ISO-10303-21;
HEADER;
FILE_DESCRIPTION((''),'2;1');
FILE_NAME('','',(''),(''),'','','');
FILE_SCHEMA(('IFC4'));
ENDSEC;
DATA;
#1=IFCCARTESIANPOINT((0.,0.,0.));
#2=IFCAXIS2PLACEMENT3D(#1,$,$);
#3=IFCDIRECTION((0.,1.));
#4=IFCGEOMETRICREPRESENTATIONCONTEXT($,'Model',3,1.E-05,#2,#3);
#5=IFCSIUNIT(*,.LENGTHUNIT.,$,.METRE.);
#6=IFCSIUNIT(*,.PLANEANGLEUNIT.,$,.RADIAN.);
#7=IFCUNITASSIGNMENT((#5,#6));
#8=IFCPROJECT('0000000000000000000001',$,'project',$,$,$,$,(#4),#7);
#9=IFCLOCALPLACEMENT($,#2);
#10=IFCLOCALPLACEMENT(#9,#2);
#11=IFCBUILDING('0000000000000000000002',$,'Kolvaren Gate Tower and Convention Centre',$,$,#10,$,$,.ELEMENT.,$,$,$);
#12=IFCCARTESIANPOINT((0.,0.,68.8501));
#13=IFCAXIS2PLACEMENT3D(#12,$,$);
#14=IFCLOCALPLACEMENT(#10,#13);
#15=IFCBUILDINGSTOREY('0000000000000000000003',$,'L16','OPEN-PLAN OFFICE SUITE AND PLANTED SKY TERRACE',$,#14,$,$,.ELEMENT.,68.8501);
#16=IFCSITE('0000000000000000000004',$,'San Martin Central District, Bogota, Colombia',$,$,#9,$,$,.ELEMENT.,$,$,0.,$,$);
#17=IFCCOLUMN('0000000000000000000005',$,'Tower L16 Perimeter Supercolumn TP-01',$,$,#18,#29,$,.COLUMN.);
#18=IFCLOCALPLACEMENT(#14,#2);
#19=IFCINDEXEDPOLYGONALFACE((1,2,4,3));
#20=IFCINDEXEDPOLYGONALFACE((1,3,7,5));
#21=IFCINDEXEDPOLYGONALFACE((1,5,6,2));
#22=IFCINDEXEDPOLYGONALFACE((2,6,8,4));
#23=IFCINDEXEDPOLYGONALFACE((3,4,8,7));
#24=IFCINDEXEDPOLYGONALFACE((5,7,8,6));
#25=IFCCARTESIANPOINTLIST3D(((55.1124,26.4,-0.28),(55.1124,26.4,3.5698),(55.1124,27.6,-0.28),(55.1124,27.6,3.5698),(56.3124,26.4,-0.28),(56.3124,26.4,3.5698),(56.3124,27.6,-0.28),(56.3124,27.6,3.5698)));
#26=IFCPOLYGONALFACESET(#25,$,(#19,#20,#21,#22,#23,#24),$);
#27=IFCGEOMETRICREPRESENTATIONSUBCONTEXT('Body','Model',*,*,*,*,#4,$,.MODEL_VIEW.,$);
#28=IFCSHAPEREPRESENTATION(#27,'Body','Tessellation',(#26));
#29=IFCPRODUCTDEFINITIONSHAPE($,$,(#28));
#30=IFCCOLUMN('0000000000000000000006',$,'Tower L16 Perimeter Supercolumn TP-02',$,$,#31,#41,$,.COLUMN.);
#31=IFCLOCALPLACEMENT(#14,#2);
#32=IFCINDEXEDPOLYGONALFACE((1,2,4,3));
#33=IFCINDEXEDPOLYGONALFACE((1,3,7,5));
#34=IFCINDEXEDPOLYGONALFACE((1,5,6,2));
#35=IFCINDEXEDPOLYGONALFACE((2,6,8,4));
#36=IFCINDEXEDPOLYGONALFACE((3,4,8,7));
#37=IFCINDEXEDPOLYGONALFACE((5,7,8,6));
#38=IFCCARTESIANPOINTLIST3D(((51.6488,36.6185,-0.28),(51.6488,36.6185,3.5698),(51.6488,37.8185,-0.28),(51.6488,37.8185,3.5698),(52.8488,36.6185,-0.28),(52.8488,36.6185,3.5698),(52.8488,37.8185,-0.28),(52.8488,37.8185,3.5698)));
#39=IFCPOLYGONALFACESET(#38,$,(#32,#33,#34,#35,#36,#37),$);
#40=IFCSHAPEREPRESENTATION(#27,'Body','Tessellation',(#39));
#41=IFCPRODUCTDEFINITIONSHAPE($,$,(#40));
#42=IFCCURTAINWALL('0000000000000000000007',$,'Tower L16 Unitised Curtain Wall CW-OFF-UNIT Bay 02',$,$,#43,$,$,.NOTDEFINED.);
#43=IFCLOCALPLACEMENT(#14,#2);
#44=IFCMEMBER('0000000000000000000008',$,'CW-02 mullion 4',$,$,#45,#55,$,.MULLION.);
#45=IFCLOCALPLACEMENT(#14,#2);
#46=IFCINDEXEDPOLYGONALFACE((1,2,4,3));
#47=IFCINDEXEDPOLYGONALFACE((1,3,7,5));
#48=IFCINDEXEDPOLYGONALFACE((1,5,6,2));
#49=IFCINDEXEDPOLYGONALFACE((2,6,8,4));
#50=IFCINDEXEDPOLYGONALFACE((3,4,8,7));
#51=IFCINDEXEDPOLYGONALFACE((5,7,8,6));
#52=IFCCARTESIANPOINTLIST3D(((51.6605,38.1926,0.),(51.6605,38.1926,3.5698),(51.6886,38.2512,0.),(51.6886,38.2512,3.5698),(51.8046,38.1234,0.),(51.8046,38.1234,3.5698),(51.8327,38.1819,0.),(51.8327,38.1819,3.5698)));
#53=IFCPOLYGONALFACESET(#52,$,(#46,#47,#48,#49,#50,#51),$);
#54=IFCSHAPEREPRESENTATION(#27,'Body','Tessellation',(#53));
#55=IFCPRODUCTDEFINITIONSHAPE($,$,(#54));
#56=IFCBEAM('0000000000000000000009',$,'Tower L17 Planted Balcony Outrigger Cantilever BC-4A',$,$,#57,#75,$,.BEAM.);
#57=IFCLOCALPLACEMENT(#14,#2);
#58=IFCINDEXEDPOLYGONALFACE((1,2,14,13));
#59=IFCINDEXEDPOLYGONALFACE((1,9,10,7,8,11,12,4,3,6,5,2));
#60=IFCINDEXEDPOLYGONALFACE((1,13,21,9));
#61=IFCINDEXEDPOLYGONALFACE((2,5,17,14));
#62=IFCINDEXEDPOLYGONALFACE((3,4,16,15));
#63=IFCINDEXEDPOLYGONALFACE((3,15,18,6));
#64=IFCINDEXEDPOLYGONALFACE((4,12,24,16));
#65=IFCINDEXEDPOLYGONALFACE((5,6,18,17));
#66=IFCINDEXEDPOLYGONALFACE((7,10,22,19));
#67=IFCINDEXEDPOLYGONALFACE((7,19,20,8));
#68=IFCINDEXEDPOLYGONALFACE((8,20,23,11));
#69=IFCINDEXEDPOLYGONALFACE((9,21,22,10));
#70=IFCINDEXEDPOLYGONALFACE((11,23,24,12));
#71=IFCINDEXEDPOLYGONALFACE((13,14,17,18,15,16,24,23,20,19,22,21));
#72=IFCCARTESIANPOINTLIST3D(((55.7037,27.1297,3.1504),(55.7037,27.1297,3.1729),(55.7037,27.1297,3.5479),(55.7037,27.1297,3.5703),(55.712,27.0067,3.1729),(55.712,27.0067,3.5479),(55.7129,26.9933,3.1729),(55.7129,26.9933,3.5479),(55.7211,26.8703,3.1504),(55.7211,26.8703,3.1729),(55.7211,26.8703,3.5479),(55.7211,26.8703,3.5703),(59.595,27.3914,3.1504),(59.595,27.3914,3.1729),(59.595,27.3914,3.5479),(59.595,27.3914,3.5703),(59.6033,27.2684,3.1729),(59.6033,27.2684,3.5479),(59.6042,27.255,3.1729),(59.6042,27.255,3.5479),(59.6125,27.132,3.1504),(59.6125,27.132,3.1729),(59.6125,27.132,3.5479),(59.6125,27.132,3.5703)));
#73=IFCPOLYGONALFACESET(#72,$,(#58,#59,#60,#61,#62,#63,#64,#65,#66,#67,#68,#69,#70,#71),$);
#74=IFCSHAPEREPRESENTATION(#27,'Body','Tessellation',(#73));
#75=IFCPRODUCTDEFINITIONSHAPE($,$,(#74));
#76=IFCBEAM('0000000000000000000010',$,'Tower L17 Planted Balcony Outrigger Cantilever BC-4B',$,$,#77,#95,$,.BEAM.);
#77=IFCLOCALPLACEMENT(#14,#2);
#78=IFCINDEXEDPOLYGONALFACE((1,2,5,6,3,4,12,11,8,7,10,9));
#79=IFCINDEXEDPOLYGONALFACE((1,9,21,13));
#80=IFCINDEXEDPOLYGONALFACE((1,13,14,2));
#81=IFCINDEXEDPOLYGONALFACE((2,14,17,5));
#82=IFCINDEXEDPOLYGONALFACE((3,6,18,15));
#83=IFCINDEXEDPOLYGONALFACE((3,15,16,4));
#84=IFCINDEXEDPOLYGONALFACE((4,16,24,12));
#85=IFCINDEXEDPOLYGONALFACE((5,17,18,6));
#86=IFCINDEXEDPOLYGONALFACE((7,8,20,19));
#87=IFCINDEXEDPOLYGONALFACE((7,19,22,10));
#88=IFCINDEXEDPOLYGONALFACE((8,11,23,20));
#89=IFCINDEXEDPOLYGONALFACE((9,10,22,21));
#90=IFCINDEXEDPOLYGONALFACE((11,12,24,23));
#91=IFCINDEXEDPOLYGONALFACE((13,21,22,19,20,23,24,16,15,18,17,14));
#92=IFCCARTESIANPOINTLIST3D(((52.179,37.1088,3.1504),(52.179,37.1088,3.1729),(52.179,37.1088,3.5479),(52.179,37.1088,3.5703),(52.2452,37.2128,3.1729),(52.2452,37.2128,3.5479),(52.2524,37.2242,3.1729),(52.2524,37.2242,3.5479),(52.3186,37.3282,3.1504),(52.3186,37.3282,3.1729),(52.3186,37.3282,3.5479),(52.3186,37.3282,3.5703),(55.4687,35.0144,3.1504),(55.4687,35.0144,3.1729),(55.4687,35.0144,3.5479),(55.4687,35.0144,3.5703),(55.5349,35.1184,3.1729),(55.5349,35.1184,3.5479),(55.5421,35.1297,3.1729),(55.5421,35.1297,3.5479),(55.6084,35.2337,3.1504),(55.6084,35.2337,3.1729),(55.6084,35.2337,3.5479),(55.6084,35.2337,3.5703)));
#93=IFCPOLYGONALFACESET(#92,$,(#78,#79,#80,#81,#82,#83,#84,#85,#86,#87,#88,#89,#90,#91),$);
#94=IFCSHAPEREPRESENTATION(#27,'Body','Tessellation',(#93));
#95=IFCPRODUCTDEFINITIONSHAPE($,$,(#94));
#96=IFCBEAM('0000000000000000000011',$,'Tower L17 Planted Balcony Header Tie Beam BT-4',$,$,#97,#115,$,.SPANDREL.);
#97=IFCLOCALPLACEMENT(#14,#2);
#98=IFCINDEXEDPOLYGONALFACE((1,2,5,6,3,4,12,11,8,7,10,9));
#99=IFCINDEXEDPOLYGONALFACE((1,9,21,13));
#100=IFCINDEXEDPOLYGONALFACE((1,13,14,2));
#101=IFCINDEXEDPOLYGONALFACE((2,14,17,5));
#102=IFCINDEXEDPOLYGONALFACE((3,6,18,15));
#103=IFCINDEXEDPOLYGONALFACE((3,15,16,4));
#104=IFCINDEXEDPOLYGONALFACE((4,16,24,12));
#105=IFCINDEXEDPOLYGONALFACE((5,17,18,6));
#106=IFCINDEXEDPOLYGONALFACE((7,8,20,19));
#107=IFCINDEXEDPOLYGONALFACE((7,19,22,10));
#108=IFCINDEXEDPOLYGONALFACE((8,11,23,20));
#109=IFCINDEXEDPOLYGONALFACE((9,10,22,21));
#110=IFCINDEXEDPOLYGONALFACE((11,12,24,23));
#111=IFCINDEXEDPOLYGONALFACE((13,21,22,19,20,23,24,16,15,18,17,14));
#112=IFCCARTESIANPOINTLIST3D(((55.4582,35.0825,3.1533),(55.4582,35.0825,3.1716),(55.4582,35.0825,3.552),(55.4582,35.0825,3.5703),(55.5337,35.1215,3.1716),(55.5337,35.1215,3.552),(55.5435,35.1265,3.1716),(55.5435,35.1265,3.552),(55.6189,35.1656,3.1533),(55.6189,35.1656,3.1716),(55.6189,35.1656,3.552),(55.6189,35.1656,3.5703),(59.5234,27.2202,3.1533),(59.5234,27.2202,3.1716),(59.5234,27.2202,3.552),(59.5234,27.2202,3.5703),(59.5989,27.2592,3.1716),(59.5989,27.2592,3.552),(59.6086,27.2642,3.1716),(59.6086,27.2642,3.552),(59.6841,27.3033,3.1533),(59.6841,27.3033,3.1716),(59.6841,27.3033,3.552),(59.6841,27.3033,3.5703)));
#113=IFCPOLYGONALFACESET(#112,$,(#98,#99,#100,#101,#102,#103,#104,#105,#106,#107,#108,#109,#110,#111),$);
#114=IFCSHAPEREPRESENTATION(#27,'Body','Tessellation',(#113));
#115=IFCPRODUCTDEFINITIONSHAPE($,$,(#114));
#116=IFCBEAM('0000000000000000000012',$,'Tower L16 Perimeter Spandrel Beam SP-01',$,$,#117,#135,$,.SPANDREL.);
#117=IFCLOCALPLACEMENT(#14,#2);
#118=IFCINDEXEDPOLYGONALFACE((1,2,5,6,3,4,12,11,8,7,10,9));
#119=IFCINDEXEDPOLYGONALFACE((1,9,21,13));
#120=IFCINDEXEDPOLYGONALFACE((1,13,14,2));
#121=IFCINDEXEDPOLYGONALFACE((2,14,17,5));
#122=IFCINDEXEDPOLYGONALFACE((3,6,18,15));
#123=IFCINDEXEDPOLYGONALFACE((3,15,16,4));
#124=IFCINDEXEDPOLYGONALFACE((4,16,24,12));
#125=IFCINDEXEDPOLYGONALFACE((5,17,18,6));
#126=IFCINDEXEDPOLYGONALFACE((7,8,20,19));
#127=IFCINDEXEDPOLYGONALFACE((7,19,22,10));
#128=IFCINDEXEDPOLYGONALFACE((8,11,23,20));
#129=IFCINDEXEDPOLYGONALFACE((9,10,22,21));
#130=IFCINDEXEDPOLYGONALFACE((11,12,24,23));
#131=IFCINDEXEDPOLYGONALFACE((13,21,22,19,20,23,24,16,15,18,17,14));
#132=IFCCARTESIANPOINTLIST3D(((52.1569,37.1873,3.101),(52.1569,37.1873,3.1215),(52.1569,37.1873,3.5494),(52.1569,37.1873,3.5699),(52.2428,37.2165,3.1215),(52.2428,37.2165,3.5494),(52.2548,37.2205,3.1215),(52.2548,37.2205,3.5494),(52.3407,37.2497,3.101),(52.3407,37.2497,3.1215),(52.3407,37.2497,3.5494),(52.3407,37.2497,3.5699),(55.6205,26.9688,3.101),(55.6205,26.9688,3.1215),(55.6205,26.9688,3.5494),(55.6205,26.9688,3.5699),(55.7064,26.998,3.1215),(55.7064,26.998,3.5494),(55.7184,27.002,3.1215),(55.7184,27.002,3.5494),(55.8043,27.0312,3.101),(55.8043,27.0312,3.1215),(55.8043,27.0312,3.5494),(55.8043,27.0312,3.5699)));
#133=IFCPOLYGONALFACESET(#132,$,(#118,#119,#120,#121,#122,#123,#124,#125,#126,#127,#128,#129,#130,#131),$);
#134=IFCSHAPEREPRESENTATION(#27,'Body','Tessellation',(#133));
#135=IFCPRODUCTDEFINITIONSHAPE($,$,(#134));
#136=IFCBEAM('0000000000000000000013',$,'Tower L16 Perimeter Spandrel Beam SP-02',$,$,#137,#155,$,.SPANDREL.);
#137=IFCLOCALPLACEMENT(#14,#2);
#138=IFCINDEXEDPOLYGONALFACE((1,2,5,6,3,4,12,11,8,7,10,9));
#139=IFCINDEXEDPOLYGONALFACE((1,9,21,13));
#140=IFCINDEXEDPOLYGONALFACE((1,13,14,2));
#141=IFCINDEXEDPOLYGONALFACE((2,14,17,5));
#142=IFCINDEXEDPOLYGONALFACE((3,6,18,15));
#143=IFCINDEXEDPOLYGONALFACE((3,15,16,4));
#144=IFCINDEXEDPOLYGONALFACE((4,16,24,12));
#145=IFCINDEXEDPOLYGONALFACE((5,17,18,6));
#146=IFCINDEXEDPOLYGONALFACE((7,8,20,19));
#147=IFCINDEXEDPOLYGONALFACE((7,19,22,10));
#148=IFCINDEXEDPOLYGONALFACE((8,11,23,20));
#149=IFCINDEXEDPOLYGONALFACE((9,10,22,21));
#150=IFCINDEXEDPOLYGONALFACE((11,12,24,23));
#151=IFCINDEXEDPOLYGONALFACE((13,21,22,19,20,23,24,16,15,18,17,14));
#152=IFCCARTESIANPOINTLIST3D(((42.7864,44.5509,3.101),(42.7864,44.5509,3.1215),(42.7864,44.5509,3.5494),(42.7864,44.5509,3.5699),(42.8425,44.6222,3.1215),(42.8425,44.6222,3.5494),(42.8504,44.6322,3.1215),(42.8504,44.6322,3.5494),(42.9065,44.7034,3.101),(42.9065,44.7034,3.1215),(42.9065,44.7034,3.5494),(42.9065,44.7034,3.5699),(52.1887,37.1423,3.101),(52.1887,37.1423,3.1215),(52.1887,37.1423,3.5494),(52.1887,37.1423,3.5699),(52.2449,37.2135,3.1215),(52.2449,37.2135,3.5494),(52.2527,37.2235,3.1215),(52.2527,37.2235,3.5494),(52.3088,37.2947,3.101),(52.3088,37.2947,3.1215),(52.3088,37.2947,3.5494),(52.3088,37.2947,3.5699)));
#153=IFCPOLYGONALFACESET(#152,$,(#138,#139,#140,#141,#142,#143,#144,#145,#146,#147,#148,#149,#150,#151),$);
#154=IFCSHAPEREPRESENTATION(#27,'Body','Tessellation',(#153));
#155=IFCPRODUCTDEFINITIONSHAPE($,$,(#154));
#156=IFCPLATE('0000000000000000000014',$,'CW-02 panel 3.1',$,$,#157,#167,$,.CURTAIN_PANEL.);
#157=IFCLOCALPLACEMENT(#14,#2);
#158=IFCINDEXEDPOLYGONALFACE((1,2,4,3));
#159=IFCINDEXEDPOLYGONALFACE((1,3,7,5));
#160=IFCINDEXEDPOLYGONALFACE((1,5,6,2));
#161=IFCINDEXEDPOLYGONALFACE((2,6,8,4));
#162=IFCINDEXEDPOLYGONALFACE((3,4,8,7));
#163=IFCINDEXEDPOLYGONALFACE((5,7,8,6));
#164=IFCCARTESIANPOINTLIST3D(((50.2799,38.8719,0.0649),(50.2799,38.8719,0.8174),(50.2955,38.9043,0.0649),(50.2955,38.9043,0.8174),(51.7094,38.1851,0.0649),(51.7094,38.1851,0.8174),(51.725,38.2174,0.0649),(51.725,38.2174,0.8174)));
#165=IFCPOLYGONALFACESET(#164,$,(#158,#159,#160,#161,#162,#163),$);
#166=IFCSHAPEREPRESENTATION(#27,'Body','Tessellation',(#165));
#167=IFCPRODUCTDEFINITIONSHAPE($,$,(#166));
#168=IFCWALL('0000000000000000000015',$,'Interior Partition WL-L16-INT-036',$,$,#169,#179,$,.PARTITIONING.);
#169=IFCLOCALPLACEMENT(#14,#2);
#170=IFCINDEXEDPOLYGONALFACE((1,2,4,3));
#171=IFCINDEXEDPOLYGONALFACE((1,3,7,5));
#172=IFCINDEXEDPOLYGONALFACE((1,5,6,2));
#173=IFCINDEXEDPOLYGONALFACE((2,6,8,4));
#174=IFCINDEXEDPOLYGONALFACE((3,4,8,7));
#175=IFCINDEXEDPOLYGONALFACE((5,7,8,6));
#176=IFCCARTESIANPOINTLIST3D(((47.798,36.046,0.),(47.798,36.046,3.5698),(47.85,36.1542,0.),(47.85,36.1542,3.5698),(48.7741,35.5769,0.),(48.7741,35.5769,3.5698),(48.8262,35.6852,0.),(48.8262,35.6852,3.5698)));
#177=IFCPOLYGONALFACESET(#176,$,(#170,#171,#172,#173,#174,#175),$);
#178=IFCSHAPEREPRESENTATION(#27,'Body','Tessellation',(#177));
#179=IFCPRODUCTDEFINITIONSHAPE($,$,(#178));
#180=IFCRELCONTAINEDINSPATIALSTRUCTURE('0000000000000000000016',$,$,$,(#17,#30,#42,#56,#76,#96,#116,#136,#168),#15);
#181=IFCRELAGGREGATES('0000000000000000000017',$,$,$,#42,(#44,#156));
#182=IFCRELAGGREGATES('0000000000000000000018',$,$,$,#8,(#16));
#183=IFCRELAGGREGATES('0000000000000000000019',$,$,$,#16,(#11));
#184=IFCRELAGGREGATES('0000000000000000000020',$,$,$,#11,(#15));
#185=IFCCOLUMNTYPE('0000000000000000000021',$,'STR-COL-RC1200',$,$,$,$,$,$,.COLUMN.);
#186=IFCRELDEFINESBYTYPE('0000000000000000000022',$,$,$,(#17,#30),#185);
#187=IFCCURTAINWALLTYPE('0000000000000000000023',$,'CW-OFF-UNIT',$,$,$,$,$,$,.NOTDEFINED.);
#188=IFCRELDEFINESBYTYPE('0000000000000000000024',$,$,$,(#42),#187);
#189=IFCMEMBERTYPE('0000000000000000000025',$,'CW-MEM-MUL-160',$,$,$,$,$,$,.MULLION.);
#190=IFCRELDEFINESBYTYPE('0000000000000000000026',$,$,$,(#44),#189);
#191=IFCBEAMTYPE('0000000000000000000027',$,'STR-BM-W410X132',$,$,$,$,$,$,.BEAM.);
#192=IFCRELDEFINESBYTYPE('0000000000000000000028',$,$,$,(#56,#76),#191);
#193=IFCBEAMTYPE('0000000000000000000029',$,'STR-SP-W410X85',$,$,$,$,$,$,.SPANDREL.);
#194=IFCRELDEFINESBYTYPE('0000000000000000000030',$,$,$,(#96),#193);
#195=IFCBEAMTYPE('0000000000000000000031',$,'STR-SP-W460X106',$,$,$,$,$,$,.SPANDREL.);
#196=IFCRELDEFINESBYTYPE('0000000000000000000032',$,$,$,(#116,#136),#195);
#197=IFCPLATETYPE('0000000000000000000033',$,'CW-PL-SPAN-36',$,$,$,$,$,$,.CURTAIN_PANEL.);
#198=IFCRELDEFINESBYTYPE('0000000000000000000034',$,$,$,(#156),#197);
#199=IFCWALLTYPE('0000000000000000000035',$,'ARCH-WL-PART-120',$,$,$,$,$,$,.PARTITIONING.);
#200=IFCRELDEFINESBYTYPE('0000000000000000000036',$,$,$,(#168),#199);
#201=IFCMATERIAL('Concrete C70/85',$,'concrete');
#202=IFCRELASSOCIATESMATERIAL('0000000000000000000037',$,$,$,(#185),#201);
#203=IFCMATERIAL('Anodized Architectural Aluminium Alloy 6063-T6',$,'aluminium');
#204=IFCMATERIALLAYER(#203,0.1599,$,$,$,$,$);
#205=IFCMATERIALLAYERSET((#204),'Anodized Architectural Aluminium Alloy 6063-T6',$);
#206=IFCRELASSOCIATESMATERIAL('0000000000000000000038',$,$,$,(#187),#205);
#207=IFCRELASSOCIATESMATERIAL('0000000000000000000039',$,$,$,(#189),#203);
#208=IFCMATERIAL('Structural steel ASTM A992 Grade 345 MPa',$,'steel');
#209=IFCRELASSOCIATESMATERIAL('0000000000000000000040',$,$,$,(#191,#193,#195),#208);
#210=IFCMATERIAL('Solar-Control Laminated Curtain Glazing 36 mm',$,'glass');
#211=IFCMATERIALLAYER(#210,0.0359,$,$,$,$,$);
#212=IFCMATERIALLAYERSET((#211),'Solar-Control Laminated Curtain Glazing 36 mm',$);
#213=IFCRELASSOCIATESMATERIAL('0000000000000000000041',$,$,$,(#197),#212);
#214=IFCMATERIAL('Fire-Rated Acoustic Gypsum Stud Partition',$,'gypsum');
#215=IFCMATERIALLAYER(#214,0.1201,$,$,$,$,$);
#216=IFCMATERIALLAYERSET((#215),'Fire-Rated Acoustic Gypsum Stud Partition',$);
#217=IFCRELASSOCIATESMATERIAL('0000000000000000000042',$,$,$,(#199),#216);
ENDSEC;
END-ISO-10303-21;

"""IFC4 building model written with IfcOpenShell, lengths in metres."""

from ifc_helpers import new_model, si_unit, direction, frame, frame_2d, origin, origin_2d, place, context, subcontext, project, spatial, rectangle, i_section, extrude, material, layer, layer_set, material_profile, profile_set, type_object, element, aggregate, save


model = new_model("IFC4")

# Units and contexts
model_context = context("Model", 3, precision=1e-05, world=origin(), true_north=direction((0.0, 1.0)))
body_context = subcontext(model_context, "Body", "Model", "MODEL_VIEW")
ifc_project = project(units=[si_unit("LENGTHUNIT", "METRE"), si_unit("PLANEANGLEUNIT", "RADIAN")], contexts=[model_context])

# Site, building, storey
site_placement = place(None, origin())
site = spatial("IfcSite", under=ifc_project, at=site_placement, Name="San Martin Central District, Bogota, Colombia", CompositionType="ELEMENT", RefElevation=0.0)
building_placement = place(site_placement, origin())
building = spatial("IfcBuilding", under=site, at=building_placement, Name="Kolvaren Gate Tower and Convention Centre", CompositionType="ELEMENT")
storey_placement = place(building_placement, frame((0.0, 0.0, 68.8501)))
storey = spatial("IfcBuildingStorey", under=building, at=storey_placement, Name="L16", Description="OPEN-PLAN OFFICE SUITE AND PLANTED SKY TERRACE", CompositionType="ELEMENT", Elevation=68.8501)

# Columns
ifc_material_1 = material(Name="Concrete C70/85", Category="concrete")
ifc_material_profile_1 = material_profile(ifc_material_1, rectangle(XDim=1.2, YDim=1.2, at=origin_2d()), Name="RC-COL-1200X1200")
ifc_profile_set_1 = profile_set([ifc_material_profile_1], Name="Concrete C70/85")
column_type = type_object("IfcColumnType", Name="STR-COL-RC1200", PredefinedType="COLUMN", material=ifc_profile_set_1)
for number, where, z_axis, x_axis, name in (
    (1, (55.7124, 27.0, -0.28), (0.0, 0.0, 1.0), (1.0, 0.0, 0.0), "Tower L16 Perimeter Supercolumn TP-01"),
    (2, (52.2488, 37.2185, -0.28), (0.0, 0.0, 1.0), (1.0, 0.0, 0.0), "Tower L16 Perimeter Supercolumn TP-02"),
):
    element("IfcColumn", number, at=place(storey_placement, frame(where, z_axis=z_axis, x_axis=x_axis)), inside=storey, type_object=column_type, Name=name, PredefinedType="COLUMN", context=body_context, shape_type="SweptSolid", body=[
        extrude(rectangle(XDim=1.2, YDim=1.2, at=origin_2d()), origin(), (0.0, 0.0, 1.0), 3.8499),
    ])

# Curtain wall, member
ifc_material_2 = material(Name="Anodized Architectural Aluminium Alloy 6063-T6", Category="aluminium")
ifc_layer_1 = layer(ifc_material_2, 0.1599)
ifc_layer_set_1 = layer_set([ifc_layer_1], Name="Anodized Architectural Aluminium Alloy 6063-T6")
curtain_wall_type = type_object("IfcCurtainWallType", Name="CW-OFF-UNIT", PredefinedType="NOTDEFINED", material=ifc_layer_set_1)
curtain_wall_placement = place(storey_placement, origin())
curtain_wall = element("IfcCurtainWall", 3, at=curtain_wall_placement, inside=storey, type_object=curtain_wall_type, Name="Tower L16 Unitised Curtain Wall CW-OFF-UNIT Bay 02", PredefinedType="NOTDEFINED")
ifc_material_profile_2 = material_profile(ifc_material_2, rectangle(XDim=0.0649, YDim=0.1599, at=origin_2d()), Name="CW-MEM-MUL-160")
ifc_profile_set_2 = profile_set([ifc_material_profile_2], Name="Anodized Architectural Aluminium Alloy 6063-T6")
member_type = type_object("IfcMemberType", Name="CW-MEM-MUL-160", PredefinedType="MULLION", material=ifc_profile_set_2)
member_placement = place(storey_placement, frame((51.7466, 38.1873, 0.0), z_axis=(0.0, 0.0, 1.0), x_axis=(0.433067, 0.901362, 0.0)))
member = element("IfcMember", 4, at=member_placement, type_object=member_type, Name="CW-02 mullion 4", PredefinedType="MULLION", context=body_context, shape_type="SweptSolid", body=[
    extrude(rectangle(XDim=0.0649, YDim=0.1599, at=origin_2d()), origin(), (0.0, 0.0, 1.0), 3.5698),
])

# Beams
ifc_material_3 = material(Name="Structural steel ASTM A992 Grade 345 MPa", Category="steel")
ifc_material_profile_3 = material_profile(ifc_material_3, i_section(OverallWidth=0.26, OverallDepth=0.4199, WebThickness=0.0134, FlangeThickness=0.0225, at=origin_2d()), Name="W410X132")
ifc_profile_set_3 = profile_set([ifc_material_profile_3], Name="Structural steel ASTM A992 Grade 345 MPa")
beam_type_1 = type_object("IfcBeamType", Name="STR-BM-W410X132", PredefinedType="BEAM", material=ifc_profile_set_3)
beam_1_placement = place(storey_placement, frame((55.7124, 27.0, 3.3604), z_axis=(0.997746, 0.067105, 0.0), x_axis=(-0.067105, 0.997746, 0.0)))
element("IfcBeam", 5, at=beam_1_placement, inside=storey, type_object=beam_type_1, Name="Tower L17 Planted Balcony Outrigger Cantilever BC-4A", PredefinedType="BEAM", context=body_context, shape_type="SweptSolid", body=[
    extrude(i_section(OverallWidth=0.26, OverallDepth=0.4199, WebThickness=0.0134, FlangeThickness=0.0225, at=origin_2d()), origin(), (0.0, 0.0, 1.0), 3.9001),
])
beam_2_placement = place(storey_placement, frame((52.2488, 37.2185, 3.3604), z_axis=(0.843548, -0.537054, 0.0), x_axis=(0.537054, 0.843548, 0.0)))
element("IfcBeam", 6, at=beam_2_placement, inside=storey, type_object=beam_type_1, Name="Tower L17 Planted Balcony Outrigger Cantilever BC-4B", PredefinedType="BEAM", context=body_context, shape_type="SweptSolid", body=[
    extrude(i_section(OverallWidth=0.26, OverallDepth=0.4199, WebThickness=0.0134, FlangeThickness=0.0225, at=origin_2d()), origin(), (0.0, 0.0, 1.0), 3.8999),
])
ifc_material_profile_4 = material_profile(ifc_material_3, i_section(OverallWidth=0.1809, OverallDepth=0.417, WebThickness=0.011, FlangeThickness=0.0183, at=origin_2d()), Name="W410X85")
ifc_profile_set_4 = profile_set([ifc_material_profile_4], Name="Structural steel ASTM A992 Grade 345 MPa")
beam_type_2 = type_object("IfcBeamType", Name="STR-SP-W410X85", PredefinedType="SPANDREL", material=ifc_profile_set_4)
beam_3_placement = place(storey_placement, frame((59.6038, 27.2617, 3.3618), z_axis=(-0.459287, 0.888288, 0.0), x_axis=(-0.888288, -0.459287, 0.0)))
element("IfcBeam", 7, at=beam_3_placement, inside=storey, type_object=beam_type_2, Name="Tower L17 Planted Balcony Header Tie Beam BT-4", PredefinedType="SPANDREL", context=body_context, shape_type="SweptSolid", body=[
    extrude(i_section(OverallWidth=0.1809, OverallDepth=0.417, WebThickness=0.011, FlangeThickness=0.0183, at=origin_2d()), origin(), (0.0, 0.0, 1.0), 8.8511),
])
ifc_material_profile_5 = material_profile(ifc_material_3, i_section(OverallWidth=0.1941, OverallDepth=0.469, WebThickness=0.0127, FlangeThickness=0.0205, at=origin_2d()), Name="W460X106")
ifc_profile_set_5 = profile_set([ifc_material_profile_5], Name="Structural steel ASTM A992 Grade 345 MPa")
beam_type_3 = type_object("IfcBeamType", Name="STR-SP-W460X106", PredefinedType="SPANDREL", material=ifc_profile_set_5)
beam_4_placement = place(storey_placement, frame((55.7124, 27.0, 3.3354), z_axis=(-0.321016, 0.947074, 0.0), x_axis=(-0.947074, -0.321016, 0.0)))
element("IfcBeam", 8, at=beam_4_placement, inside=storey, type_object=beam_type_3, Name="Tower L16 Perimeter Spandrel Beam SP-01", PredefinedType="SPANDREL", context=body_context, shape_type="SweptSolid", body=[
    extrude(i_section(OverallWidth=0.1941, OverallDepth=0.469, WebThickness=0.0127, FlangeThickness=0.0205, at=origin_2d()), origin(), (0.0, 0.0, 1.0), 10.7896),
])
beam_5_placement = place(storey_placement, frame((52.2488, 37.2185, 3.3354), z_axis=(-0.78546, 0.618913, 0.0), x_axis=(-0.618913, -0.78546, 0.0)))
element("IfcBeam", 9, at=beam_5_placement, inside=storey, type_object=beam_type_3, Name="Tower L16 Perimeter Spandrel Beam SP-02", PredefinedType="SPANDREL", context=body_context, shape_type="SweptSolid", body=[
    extrude(i_section(OverallWidth=0.1941, OverallDepth=0.469, WebThickness=0.0127, FlangeThickness=0.0205, at=origin_2d()), origin(), (0.0, 0.0, 1.0), 11.9705),
])

# Plate
ifc_material_4 = material(Name="Solar-Control Laminated Curtain Glazing 36 mm", Category="glass")
ifc_layer_2 = layer(ifc_material_4, 0.0359)
ifc_layer_set_2 = layer_set([ifc_layer_2], Name="Solar-Control Laminated Curtain Glazing 36 mm")
plate_type = type_object("IfcPlateType", Name="CW-PL-SPAN-36", PredefinedType="CURTAIN_PANEL", material=ifc_layer_set_2)
plate_placement = place(storey_placement, frame((51.0024, 38.5447, 0.0649), z_axis=(0.0, 0.0, 1.0), x_axis=(0.901362, -0.433067, 0.0)))
plate = element("IfcPlate", 10, at=plate_placement, type_object=plate_type, Name="CW-02 panel 3.1", PredefinedType="CURTAIN_PANEL", context=body_context, shape_type="SweptSolid", body=[
    extrude(rectangle(XDim=1.5859, YDim=0.0359, at=origin_2d()), origin(), (0.0, 0.0, 1.0), 0.7524),
])
aggregate(curtain_wall, [member, plate])

# Wall
ifc_material_5 = material(Name="Fire-Rated Acoustic Gypsum Stud Partition", Category="gypsum")
ifc_layer_3 = layer(ifc_material_5, 0.1201)
ifc_layer_set_3 = layer_set([ifc_layer_3], Name="Fire-Rated Acoustic Gypsum Stud Partition")
wall_type_1 = type_object("IfcWallType", Name="ARCH-WL-PART-120", PredefinedType="PARTITIONING", material=ifc_layer_set_3)
wall_1_placement = place(storey_placement, frame((47.824, 36.1001, 0.0), z_axis=(0.0, 0.0, 1.0), x_axis=(0.901351, -0.43309, 0.0)))
element("IfcWall", 11, at=wall_1_placement, inside=storey, type_object=wall_type_1, Name="Interior Partition WL-L16-INT-036", PredefinedType="PARTITIONING", context=body_context, shape_type="SweptSolid", body=[
    extrude(rectangle(XDim=1.083, YDim=0.1201, at=frame_2d((0.5415, 0.0))), origin(), (0.0, 0.0, 1.0), 3.5698),
])

save(model, "model.ifc")
